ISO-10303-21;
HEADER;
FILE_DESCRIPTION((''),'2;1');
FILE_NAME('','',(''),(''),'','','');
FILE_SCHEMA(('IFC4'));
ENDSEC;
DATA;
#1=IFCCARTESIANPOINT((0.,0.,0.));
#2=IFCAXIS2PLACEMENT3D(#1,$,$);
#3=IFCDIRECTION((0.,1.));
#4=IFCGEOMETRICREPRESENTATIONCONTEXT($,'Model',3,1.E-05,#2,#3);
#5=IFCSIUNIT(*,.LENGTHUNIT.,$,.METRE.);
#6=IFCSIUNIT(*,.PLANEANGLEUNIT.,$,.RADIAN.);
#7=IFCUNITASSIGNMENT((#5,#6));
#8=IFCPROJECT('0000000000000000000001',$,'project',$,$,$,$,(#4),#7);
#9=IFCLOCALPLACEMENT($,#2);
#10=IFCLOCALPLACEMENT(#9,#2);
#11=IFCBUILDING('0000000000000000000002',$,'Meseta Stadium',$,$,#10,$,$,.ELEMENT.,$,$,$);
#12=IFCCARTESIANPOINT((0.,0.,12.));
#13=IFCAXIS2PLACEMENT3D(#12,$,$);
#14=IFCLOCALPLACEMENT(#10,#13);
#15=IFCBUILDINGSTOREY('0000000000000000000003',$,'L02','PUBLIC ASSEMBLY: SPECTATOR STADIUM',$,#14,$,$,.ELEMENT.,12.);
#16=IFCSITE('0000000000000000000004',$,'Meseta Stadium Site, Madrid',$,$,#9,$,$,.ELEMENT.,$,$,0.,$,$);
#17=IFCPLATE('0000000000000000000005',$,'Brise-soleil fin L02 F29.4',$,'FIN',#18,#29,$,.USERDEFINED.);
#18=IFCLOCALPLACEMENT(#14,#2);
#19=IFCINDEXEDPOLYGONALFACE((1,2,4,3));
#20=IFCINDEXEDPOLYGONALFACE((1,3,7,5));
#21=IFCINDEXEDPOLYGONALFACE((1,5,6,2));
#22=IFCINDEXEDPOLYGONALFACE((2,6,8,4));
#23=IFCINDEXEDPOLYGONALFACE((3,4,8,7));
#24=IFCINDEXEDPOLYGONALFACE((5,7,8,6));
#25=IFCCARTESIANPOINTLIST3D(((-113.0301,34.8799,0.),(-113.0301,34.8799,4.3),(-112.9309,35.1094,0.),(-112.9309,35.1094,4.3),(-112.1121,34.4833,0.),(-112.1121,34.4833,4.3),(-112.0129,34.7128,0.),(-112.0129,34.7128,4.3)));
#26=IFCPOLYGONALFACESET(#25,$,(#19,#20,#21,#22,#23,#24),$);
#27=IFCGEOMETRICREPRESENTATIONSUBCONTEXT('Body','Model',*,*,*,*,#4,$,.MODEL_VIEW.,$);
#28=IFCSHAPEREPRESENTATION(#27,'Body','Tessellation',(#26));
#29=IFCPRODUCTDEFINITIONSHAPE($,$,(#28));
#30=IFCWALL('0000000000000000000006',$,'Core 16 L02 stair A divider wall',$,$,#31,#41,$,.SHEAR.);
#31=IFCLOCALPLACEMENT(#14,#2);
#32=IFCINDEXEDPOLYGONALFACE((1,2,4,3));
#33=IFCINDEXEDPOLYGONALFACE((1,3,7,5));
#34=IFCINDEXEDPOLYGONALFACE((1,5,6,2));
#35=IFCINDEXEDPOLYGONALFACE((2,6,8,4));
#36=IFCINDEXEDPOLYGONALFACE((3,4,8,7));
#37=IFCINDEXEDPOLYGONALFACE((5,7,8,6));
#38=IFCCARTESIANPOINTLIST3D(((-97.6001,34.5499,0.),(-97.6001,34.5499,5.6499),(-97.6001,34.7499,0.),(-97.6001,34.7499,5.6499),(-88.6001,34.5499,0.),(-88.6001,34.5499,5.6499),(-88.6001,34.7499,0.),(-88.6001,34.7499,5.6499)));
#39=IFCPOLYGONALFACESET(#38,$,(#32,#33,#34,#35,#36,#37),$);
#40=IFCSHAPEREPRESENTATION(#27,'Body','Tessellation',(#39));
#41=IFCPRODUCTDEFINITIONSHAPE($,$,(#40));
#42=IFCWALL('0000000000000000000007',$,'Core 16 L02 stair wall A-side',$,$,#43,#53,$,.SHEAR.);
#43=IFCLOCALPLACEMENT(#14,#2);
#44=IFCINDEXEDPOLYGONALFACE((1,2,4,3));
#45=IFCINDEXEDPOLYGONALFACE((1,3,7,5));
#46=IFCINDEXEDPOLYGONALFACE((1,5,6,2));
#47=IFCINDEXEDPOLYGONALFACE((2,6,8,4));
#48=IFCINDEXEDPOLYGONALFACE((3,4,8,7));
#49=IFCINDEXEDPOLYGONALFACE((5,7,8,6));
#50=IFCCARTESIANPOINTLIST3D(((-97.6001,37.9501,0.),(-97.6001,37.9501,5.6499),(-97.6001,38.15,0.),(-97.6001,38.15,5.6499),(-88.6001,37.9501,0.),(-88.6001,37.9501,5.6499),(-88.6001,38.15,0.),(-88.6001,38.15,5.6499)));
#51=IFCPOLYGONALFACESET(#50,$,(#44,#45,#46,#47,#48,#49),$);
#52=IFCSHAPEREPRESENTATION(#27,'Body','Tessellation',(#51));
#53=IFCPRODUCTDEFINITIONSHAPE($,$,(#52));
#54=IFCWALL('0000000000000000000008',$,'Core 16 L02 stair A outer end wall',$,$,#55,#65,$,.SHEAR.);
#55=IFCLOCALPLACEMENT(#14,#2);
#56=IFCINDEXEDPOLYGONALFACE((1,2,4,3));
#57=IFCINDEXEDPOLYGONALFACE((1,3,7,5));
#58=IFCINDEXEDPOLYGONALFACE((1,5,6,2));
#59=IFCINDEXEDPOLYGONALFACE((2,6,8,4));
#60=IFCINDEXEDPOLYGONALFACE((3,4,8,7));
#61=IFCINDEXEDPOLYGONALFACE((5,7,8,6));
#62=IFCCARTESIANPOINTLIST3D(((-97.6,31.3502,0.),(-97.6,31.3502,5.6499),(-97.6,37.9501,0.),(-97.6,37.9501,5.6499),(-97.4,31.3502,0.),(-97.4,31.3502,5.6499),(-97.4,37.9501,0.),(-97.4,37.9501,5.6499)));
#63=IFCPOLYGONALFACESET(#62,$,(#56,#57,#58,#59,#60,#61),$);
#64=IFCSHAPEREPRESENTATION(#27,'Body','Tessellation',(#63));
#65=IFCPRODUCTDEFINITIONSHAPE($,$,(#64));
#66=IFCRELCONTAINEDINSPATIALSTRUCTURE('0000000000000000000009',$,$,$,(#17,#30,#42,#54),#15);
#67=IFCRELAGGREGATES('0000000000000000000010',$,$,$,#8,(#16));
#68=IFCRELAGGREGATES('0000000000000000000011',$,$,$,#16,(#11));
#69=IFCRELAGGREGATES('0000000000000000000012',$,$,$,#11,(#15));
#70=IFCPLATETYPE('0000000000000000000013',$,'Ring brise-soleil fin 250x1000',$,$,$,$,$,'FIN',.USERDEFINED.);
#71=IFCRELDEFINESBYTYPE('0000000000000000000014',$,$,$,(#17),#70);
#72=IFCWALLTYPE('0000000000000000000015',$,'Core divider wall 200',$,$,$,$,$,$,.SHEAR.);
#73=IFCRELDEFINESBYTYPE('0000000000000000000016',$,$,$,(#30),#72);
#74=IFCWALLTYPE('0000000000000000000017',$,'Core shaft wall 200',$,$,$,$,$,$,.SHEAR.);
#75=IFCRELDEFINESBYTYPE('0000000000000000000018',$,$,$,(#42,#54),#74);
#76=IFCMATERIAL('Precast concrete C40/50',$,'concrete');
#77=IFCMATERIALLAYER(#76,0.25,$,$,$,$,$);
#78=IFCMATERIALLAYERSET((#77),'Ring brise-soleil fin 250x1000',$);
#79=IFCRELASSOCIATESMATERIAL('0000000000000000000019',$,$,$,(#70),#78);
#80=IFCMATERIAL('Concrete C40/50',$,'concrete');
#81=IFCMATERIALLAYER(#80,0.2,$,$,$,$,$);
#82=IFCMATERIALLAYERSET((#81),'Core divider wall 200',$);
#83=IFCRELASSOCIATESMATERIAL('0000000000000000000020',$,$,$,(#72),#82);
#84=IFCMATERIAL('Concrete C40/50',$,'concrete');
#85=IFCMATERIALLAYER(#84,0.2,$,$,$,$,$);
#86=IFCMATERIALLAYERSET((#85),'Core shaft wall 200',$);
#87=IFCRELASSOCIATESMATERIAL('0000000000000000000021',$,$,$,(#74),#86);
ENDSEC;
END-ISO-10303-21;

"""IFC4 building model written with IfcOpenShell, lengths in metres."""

from ifc_helpers import new_model, si_unit, direction, frame, frame_2d, origin, origin_2d, place, context, subcontext, project, spatial, rectangle, extrude, material, layer, layer_set, type_object, element, save


model = new_model("IFC4")

# Units and contexts
model_context = context("Model", 3, precision=1e-05, world=origin(), true_north=direction((0.0, 1.0)))
body_context = subcontext(model_context, "Body", "Model", "MODEL_VIEW")
ifc_project = project(units=[si_unit("LENGTHUNIT", "METRE"), si_unit("PLANEANGLEUNIT", "RADIAN")], contexts=[model_context])

# Site, building, storey
site_placement = place(None, origin())
site = spatial("IfcSite", under=ifc_project, at=site_placement, Name="Meseta Stadium Site, Madrid", CompositionType="ELEMENT", RefElevation=0.0)
building_placement = place(site_placement, origin())
building = spatial("IfcBuilding", under=site, at=building_placement, Name="Meseta Stadium", CompositionType="ELEMENT")
storey_placement = place(building_placement, frame((0.0, 0.0, 12.0)))
storey = spatial("IfcBuildingStorey", under=building, at=storey_placement, Name="L02", Description="PUBLIC ASSEMBLY: SPECTATOR STADIUM", CompositionType="ELEMENT", Elevation=12.0)

# Plate
ifc_material_1 = material(Name="Precast concrete C40/50", Category="concrete")
ifc_layer_1 = layer(ifc_material_1, 0.25)
ifc_layer_set_1 = layer_set([ifc_layer_1], Name="Ring brise-soleil fin 250x1000")
plate_type_1 = type_object("IfcPlateType", Name="Ring brise-soleil fin 250x1000", ElementType="FIN", PredefinedType="USERDEFINED", material=ifc_layer_set_1)
for number, where, z_axis, x_axis, name in (
    (1, (-112.5215, 34.7964, 0.0), (0.0, 0.0, 1.0), (-0.396576, -0.918002, 0.0), "Brise-soleil fin L02 F29.4"),
):
    element("IfcPlate", number, at=place(storey_placement, frame(where, z_axis=z_axis, x_axis=x_axis)), inside=storey, type_object=plate_type_1, Name=name, ObjectType="FIN", PredefinedType="USERDEFINED", context=body_context, shape_type="SweptSolid", body=[
        extrude(rectangle(XDim=0.25, YDim=1.0, at=origin_2d()), origin(), (0.0, 0.0, 1.0), 4.3),
    ])

# Walls
ifc_material_2 = material(Name="Concrete C40/50", Category="concrete")
ifc_layer_2 = layer(ifc_material_2, 0.2)
ifc_layer_set_2 = layer_set([ifc_layer_2], Name="Core divider wall 200")
wall_type_1 = type_object("IfcWallType", Name="Core divider wall 200", PredefinedType="SHEAR", material=ifc_layer_set_2)
wall_1_placement = place(storey_placement, frame((-97.6001, 34.6499, 0.0), z_axis=(0.0, 0.0, 1.0), x_axis=(1.0, 0.0, 0.0)))
element("IfcWall", 2, at=wall_1_placement, inside=storey, type_object=wall_type_1, Name="Core 16 L02 stair A divider wall", PredefinedType="SHEAR", context=body_context, shape_type="SweptSolid", body=[
    extrude(rectangle(XDim=9.0, YDim=0.2, at=frame_2d((4.5, 0.0))), origin(), (0.0, 0.0, 1.0), 5.6499),
])
ifc_material_3 = material(Name="Concrete C40/50", Category="concrete")
ifc_layer_3 = layer(ifc_material_3, 0.2)
ifc_layer_set_3 = layer_set([ifc_layer_3], Name="Core shaft wall 200")
wall_type_2 = type_object("IfcWallType", Name="Core shaft wall 200", PredefinedType="SHEAR", material=ifc_layer_set_3)
wall_2_placement = place(storey_placement, frame((-97.6001, 38.05, 0.0), z_axis=(0.0, 0.0, 1.0), x_axis=(1.0, 0.0, 0.0)))
element("IfcWall", 3, at=wall_2_placement, inside=storey, type_object=wall_type_2, Name="Core 16 L02 stair wall A-side", PredefinedType="SHEAR", context=body_context, shape_type="SweptSolid", body=[
    extrude(rectangle(XDim=9.0, YDim=0.2, at=frame_2d((4.5, 0.0))), origin(), (0.0, 0.0, 1.0), 5.6499),
])
wall_3_placement = place(storey_placement, frame((-97.5, 37.95, 0.0), z_axis=(0.0, 0.0, 1.0), x_axis=(0.0, -1.0, 0.0)))
element("IfcWall", 4, at=wall_3_placement, inside=storey, type_object=wall_type_2, Name="Core 16 L02 stair A outer end wall", PredefinedType="SHEAR", context=body_context, shape_type="SweptSolid", body=[
    extrude(rectangle(XDim=6.5999, YDim=0.2, at=frame_2d((3.2998, 0.0))), origin(), (0.0, 0.0, 1.0), 5.6499),
])

save(model, "model.ifc")
